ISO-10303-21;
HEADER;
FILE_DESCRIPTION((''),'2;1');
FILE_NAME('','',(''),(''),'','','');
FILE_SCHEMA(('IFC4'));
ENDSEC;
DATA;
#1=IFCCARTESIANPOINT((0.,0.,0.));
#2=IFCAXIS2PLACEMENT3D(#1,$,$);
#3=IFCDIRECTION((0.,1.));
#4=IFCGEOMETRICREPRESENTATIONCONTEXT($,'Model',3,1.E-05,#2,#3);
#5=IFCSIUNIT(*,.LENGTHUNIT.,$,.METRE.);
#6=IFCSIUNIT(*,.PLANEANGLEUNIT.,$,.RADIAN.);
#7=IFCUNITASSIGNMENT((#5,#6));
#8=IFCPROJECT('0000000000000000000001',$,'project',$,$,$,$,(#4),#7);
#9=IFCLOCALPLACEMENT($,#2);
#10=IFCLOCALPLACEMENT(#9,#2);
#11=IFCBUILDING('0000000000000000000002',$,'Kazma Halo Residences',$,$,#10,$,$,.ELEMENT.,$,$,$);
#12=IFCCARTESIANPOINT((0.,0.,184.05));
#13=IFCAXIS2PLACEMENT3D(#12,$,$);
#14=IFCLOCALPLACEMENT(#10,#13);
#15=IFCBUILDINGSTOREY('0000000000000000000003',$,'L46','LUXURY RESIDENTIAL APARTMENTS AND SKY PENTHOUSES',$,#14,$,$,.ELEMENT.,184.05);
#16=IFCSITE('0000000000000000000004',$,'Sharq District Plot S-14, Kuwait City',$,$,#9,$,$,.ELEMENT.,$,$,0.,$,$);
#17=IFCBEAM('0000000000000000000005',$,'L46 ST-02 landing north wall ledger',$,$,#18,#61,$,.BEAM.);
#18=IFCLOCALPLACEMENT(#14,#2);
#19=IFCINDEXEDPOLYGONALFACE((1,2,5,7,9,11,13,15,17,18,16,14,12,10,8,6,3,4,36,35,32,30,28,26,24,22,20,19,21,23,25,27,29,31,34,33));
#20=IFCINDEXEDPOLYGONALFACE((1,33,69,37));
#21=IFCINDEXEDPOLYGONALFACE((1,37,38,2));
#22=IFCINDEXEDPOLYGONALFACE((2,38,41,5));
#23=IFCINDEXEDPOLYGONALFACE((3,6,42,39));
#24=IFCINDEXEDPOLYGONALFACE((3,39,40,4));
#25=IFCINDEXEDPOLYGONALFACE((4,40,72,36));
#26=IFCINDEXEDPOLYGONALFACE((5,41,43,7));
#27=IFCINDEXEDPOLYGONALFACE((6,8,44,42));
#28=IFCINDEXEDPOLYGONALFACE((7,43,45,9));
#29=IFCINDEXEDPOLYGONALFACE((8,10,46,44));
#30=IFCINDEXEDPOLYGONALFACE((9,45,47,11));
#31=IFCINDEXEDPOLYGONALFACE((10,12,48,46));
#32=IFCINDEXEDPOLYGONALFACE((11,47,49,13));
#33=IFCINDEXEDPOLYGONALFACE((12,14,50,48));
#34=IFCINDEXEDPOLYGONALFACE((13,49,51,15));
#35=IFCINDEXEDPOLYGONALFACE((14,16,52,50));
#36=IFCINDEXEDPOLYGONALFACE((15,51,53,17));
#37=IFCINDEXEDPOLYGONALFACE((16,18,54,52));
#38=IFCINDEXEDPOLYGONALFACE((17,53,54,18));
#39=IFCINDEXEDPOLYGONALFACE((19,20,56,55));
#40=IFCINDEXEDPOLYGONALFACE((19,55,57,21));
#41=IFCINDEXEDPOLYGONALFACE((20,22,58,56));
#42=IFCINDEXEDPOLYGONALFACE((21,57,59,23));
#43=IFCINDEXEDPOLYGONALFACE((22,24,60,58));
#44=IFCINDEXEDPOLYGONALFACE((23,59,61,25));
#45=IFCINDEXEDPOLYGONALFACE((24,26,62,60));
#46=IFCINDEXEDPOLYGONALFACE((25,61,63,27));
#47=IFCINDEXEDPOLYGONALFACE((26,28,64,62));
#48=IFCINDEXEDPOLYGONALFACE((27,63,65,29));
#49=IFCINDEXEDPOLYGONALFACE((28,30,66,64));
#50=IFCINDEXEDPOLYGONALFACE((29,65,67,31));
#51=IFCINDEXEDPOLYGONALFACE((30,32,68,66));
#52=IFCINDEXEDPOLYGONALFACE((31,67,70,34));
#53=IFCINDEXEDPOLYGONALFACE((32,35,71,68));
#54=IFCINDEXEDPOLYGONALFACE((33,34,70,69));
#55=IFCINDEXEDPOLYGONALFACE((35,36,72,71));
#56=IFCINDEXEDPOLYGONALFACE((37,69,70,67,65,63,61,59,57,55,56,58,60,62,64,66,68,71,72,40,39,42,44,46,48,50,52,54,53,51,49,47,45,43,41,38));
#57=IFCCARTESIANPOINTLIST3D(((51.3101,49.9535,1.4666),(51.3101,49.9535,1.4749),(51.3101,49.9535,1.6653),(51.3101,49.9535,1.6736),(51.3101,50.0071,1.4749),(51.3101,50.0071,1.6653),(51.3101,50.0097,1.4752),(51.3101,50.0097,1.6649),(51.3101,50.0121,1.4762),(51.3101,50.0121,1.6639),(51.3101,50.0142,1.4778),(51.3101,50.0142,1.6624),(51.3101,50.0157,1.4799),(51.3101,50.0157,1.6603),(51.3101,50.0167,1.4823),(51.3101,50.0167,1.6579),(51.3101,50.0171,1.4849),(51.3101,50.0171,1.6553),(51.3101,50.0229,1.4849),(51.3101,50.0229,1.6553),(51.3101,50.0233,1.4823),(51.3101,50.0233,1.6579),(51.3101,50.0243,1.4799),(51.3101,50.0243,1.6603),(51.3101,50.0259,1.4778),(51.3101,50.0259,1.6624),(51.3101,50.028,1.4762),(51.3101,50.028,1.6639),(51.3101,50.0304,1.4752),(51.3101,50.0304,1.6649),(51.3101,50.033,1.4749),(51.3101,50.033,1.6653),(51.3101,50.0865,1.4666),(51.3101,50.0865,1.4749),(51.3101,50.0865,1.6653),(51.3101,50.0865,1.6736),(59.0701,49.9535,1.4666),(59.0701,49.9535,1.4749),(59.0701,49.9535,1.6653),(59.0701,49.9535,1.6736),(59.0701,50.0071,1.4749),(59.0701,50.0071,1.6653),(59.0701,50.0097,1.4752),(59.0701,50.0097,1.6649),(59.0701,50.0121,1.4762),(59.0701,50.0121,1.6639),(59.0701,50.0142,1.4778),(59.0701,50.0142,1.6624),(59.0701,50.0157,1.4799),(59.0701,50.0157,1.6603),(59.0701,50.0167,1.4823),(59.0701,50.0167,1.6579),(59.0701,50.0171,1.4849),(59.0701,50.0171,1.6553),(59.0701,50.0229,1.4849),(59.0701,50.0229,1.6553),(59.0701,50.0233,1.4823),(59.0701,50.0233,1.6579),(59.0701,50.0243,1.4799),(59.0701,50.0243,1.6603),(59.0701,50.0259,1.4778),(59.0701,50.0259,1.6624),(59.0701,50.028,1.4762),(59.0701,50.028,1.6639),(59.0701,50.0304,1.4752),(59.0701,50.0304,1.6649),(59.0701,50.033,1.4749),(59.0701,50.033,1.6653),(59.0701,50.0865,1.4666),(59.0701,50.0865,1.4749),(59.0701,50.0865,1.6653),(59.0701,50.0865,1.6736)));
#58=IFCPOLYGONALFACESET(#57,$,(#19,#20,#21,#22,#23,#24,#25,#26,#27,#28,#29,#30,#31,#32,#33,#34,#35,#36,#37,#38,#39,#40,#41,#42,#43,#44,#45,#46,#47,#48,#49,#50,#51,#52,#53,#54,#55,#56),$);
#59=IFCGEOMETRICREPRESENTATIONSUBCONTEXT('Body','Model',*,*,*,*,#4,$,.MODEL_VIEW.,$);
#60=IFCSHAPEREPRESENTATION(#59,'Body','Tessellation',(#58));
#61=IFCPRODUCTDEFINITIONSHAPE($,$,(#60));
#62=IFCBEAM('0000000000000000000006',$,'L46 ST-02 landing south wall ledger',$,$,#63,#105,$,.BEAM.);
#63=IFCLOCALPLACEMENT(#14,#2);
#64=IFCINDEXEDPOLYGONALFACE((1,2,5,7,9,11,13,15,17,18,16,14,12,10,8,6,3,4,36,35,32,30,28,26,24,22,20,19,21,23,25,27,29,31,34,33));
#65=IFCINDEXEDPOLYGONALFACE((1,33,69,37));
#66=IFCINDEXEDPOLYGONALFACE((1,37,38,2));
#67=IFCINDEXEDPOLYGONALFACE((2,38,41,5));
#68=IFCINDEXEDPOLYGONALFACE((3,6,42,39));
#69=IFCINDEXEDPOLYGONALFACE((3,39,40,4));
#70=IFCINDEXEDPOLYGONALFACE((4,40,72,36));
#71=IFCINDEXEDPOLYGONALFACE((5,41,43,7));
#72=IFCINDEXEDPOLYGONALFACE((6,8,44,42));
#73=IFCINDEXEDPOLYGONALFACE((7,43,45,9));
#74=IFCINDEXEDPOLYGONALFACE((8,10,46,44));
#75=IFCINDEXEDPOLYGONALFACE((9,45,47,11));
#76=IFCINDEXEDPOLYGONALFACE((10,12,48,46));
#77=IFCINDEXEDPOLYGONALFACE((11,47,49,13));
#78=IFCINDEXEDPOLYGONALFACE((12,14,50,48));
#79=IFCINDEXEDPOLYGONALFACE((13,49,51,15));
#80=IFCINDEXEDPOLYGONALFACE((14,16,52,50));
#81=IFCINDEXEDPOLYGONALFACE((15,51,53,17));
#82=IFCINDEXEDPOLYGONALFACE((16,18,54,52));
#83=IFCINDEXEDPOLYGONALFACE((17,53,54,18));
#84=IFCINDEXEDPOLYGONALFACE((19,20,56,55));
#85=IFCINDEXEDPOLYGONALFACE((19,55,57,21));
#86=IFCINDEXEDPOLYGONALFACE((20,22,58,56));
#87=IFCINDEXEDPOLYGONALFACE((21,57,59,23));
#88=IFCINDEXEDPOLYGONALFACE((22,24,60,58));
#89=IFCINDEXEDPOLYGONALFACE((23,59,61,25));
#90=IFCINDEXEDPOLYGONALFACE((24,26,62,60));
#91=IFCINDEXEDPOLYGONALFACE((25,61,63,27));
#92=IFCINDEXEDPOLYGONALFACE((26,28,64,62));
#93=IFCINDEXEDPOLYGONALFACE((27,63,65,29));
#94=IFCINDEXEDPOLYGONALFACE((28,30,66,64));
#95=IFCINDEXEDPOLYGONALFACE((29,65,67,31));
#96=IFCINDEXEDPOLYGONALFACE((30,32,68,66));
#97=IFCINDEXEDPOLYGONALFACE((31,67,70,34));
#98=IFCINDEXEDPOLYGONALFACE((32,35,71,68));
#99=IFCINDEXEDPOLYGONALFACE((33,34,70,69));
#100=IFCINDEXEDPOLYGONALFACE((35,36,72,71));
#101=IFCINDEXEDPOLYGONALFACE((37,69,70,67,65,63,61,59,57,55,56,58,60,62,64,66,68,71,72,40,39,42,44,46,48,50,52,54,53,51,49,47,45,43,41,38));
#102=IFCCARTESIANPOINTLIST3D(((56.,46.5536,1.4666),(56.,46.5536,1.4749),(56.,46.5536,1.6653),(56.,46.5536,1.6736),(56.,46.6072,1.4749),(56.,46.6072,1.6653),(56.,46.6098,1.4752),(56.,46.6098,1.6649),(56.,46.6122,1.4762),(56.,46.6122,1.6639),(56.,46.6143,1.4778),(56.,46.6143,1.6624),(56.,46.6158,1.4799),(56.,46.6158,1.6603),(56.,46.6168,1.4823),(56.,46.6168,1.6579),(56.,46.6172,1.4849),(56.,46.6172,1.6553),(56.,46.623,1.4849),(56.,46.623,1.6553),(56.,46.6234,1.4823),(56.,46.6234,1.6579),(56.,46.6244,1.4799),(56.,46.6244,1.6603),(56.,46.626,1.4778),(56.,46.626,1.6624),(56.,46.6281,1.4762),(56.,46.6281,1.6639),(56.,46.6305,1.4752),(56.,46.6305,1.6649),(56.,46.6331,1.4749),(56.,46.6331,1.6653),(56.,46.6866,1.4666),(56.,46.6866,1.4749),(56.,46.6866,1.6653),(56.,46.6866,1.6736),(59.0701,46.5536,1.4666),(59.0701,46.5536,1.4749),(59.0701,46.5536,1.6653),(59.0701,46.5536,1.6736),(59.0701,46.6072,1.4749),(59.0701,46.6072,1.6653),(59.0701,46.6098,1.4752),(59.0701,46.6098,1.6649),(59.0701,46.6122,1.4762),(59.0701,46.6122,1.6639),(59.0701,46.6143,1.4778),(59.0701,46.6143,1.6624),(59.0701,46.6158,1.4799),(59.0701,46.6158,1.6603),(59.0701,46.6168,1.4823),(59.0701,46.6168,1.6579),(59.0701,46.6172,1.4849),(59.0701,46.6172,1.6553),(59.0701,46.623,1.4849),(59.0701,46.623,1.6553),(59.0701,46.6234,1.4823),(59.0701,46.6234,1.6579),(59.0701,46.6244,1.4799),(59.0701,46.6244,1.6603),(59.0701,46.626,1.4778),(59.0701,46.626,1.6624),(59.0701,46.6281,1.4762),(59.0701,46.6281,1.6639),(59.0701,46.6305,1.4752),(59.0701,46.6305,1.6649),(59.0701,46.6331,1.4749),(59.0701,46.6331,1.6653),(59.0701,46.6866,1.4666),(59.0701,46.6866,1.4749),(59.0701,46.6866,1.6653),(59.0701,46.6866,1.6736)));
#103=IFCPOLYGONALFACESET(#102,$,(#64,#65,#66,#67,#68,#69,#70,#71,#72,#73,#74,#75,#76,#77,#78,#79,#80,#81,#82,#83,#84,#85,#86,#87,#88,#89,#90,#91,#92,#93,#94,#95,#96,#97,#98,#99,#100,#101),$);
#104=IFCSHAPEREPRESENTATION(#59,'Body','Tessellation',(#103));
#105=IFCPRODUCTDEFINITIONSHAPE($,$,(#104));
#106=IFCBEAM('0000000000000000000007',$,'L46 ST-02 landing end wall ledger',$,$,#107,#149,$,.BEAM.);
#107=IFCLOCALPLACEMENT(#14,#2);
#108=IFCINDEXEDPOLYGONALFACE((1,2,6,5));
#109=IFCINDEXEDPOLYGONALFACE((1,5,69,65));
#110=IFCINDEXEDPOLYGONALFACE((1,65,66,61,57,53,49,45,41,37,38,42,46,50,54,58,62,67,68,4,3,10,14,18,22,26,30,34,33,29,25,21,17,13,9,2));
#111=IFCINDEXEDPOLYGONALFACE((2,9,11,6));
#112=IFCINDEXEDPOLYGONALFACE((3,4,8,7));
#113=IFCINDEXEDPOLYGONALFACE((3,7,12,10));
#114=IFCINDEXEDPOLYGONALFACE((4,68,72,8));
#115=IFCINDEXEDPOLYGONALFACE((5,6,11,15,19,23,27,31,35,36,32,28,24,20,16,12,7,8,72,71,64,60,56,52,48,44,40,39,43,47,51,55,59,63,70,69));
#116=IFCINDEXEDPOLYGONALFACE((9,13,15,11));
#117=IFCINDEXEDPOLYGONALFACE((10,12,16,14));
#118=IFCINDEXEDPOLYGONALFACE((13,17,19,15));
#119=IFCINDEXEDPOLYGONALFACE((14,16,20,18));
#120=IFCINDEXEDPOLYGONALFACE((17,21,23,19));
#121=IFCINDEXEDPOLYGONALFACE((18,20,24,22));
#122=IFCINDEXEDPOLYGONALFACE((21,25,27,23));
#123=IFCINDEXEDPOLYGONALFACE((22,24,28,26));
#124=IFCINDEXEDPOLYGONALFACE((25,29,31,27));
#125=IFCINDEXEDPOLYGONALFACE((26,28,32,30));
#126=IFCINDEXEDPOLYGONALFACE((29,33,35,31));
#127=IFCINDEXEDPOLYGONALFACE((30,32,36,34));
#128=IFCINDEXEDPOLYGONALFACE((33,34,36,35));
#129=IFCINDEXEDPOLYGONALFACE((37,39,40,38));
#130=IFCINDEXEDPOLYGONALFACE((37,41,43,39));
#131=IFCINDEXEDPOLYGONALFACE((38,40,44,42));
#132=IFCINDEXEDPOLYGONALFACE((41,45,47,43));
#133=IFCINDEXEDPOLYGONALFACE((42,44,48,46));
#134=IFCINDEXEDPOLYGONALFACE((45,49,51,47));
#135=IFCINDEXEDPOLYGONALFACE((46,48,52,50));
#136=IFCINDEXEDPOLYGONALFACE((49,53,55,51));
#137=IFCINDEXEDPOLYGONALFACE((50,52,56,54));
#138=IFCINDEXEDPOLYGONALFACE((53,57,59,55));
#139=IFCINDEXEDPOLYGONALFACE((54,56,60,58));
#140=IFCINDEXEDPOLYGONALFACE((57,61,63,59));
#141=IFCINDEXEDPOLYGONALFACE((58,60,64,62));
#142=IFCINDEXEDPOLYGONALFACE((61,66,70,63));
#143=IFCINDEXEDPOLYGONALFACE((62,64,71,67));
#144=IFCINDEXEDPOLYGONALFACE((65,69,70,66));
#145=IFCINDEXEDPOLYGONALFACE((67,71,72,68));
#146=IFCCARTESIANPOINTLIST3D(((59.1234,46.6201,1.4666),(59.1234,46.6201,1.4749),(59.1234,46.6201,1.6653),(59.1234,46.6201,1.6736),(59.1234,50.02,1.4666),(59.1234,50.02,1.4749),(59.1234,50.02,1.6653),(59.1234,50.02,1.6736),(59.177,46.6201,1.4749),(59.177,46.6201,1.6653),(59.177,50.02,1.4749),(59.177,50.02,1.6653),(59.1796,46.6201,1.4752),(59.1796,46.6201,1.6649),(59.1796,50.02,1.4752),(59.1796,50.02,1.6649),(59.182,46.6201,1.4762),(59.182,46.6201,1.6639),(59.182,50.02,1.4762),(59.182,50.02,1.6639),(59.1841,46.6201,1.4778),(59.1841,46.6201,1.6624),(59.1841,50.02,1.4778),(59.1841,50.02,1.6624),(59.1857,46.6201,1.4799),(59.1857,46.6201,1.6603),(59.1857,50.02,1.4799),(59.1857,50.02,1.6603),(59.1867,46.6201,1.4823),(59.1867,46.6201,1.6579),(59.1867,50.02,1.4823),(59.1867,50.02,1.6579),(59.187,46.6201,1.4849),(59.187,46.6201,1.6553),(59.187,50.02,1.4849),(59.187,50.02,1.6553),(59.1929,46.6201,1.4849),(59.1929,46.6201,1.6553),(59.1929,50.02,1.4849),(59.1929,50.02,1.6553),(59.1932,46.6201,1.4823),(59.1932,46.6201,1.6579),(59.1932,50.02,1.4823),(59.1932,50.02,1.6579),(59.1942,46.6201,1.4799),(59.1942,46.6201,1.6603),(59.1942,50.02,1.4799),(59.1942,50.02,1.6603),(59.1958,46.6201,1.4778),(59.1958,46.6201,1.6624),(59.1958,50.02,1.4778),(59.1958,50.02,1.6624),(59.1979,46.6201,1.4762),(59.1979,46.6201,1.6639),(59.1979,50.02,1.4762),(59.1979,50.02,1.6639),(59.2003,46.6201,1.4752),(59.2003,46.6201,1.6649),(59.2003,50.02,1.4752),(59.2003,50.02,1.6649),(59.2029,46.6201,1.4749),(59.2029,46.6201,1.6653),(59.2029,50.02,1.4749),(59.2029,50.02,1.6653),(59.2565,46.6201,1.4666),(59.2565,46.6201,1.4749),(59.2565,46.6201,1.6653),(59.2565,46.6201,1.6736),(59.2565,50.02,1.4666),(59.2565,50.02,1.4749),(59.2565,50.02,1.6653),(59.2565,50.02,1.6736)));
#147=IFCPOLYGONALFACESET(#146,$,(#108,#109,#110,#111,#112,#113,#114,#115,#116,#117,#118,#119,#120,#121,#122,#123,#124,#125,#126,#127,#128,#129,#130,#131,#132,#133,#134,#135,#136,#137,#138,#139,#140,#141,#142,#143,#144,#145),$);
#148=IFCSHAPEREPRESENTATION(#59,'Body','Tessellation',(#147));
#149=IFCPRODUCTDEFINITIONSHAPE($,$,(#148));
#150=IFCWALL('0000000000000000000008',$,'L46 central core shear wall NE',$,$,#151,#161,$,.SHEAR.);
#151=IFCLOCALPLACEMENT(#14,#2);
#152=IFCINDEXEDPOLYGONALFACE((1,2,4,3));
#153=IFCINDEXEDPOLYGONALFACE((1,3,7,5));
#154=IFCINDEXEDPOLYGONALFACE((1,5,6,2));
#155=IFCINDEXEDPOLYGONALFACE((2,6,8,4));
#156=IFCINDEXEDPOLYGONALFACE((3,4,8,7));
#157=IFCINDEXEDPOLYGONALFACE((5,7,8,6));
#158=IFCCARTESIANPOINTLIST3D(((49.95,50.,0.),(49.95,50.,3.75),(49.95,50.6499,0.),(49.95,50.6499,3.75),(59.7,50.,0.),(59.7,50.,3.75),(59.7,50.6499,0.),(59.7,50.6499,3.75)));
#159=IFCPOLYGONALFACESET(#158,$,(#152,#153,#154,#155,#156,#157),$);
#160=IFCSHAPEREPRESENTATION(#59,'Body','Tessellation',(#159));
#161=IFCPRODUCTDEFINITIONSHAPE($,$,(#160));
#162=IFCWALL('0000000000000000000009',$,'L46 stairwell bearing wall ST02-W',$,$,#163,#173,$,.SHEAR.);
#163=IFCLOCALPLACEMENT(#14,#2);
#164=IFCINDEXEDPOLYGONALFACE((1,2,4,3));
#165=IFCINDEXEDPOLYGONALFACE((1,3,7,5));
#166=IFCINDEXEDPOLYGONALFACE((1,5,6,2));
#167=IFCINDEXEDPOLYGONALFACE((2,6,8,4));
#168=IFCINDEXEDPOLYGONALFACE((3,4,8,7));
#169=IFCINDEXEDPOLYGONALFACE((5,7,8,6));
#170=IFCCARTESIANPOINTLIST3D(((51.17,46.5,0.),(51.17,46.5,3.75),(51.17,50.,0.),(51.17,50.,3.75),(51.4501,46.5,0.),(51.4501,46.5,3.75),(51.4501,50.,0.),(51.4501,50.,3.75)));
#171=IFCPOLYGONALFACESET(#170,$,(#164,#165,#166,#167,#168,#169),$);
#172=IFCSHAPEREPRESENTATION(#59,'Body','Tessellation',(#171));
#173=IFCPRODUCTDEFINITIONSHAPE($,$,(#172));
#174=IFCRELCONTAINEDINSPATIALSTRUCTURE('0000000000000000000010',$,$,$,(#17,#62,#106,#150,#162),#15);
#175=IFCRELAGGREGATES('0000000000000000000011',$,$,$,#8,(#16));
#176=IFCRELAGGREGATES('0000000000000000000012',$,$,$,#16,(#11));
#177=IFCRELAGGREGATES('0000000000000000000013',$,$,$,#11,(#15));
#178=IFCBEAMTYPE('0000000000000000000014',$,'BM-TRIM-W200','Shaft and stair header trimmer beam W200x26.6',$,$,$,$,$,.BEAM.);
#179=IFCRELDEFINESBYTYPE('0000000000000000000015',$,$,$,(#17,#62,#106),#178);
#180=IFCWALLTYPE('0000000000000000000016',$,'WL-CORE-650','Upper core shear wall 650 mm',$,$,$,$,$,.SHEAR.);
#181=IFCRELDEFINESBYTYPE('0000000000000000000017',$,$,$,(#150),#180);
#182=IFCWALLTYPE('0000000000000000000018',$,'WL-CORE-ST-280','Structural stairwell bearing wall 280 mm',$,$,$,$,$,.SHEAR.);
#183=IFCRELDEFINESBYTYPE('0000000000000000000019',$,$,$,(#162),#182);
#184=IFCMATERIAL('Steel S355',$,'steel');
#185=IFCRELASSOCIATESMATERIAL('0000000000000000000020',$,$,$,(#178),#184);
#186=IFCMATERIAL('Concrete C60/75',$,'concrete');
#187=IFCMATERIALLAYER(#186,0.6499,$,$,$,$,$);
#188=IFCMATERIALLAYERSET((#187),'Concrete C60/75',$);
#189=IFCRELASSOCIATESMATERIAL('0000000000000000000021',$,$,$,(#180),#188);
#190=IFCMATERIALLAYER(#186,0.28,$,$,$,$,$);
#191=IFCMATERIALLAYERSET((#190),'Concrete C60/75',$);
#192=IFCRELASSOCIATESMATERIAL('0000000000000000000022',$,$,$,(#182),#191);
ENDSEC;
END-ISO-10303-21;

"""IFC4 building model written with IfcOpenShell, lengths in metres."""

from ifc_helpers import new_model, si_unit, direction, frame, frame_2d, origin, origin_2d, place, context, subcontext, project, spatial, rectangle, i_section, extrude, material, layer, layer_set, material_profile, profile_set, type_object, element, save


model = new_model("IFC4")

# Units and contexts
model_context = context("Model", 3, precision=1e-05, world=origin(), true_north=direction((0.0, 1.0)))
body_context = subcontext(model_context, "Body", "Model", "MODEL_VIEW")
ifc_project = project(units=[si_unit("LENGTHUNIT", "METRE"), si_unit("PLANEANGLEUNIT", "RADIAN")], contexts=[model_context])

# Site, building, storey
site_placement = place(None, origin())
site = spatial("IfcSite", under=ifc_project, at=site_placement, Name="Sharq District Plot S-14, Kuwait City", CompositionType="ELEMENT", RefElevation=0.0)
building_placement = place(site_placement, origin())
building = spatial("IfcBuilding", under=site, at=building_placement, Name="Kazma Halo Residences", CompositionType="ELEMENT")
storey_placement = place(building_placement, frame((0.0, 0.0, 184.05)))
storey = spatial("IfcBuildingStorey", under=building, at=storey_placement, Name="L46", Description="LUXURY RESIDENTIAL APARTMENTS AND SKY PENTHOUSES", CompositionType="ELEMENT", Elevation=184.05)

# Shared definitions
ifc_material_1 = material(Name="Steel S355", Category="steel")

# Beams
ifc_material_profile_1 = material_profile(ifc_material_1, i_section(OverallWidth=0.1331, OverallDepth=0.207, WebThickness=0.0059, FlangeThickness=0.0083, FilletRadius=0.01, at=origin_2d()), Name="W200x26.6")
ifc_profile_set_1 = profile_set([ifc_material_profile_1], Name="Steel S355")
beam_type_1 = type_object("IfcBeamType", Name="BM-TRIM-W200", Description="Shaft and stair header trimmer beam W200x26.6", PredefinedType="BEAM", material=ifc_profile_set_1)
beam_1_placement = place(storey_placement, frame((51.3101, 50.02, 1.5701), z_axis=(1.0, 0.0, 0.0), x_axis=(0.0, 1.0, 0.0)))
element("IfcBeam", 1, at=beam_1_placement, inside=storey, type_object=beam_type_1, Name="L46 ST-02 landing north wall ledger", PredefinedType="BEAM", context=body_context, shape_type="SweptSolid", body=[
    extrude(i_section(OverallWidth=0.1331, OverallDepth=0.207, WebThickness=0.0059, FlangeThickness=0.0083, FilletRadius=0.01, at=origin_2d()), origin(), (0.0, 0.0, 1.0), 7.76),
])
beam_2_placement = place(storey_placement, frame((56.0, 46.6201, 1.5701), z_axis=(1.0, 0.0, 0.0), x_axis=(0.0, 1.0, 0.0)))
element("IfcBeam", 2, at=beam_2_placement, inside=storey, type_object=beam_type_1, Name="L46 ST-02 landing south wall ledger", PredefinedType="BEAM", context=body_context, shape_type="SweptSolid", body=[
    extrude(i_section(OverallWidth=0.1331, OverallDepth=0.207, WebThickness=0.0059, FlangeThickness=0.0083, FilletRadius=0.01, at=origin_2d()), origin(), (0.0, 0.0, 1.0), 3.0701),
])
beam_3_placement = place(storey_placement, frame((59.1899, 46.6201, 1.5701), z_axis=(0.0, 1.0, 0.0), x_axis=(-1.0, 0.0, 0.0)))
element("IfcBeam", 3, at=beam_3_placement, inside=storey, type_object=beam_type_1, Name="L46 ST-02 landing end wall ledger", PredefinedType="BEAM", context=body_context, shape_type="SweptSolid", body=[
    extrude(i_section(OverallWidth=0.1331, OverallDepth=0.207, WebThickness=0.0059, FlangeThickness=0.0083, FilletRadius=0.01, at=origin_2d()), origin(), (0.0, 0.0, 1.0), 3.3999),
])

# Walls
ifc_material_2 = material(Name="Concrete C60/75", Category="concrete")
ifc_layer_1 = layer(ifc_material_2, 0.6499)
ifc_layer_set_1 = layer_set([ifc_layer_1], Name="Concrete C60/75")
wall_type_1 = type_object("IfcWallType", Name="WL-CORE-650", Description="Upper core shear wall 650 mm", PredefinedType="SHEAR", material=ifc_layer_set_1)
wall_1_placement = place(storey_placement, frame((49.95, 50.325, 0.0), z_axis=(0.0, 0.0, 1.0), x_axis=(1.0, 0.0, 0.0)))
element("IfcWall", 4, at=wall_1_placement, inside=storey, type_object=wall_type_1, Name="L46 central core shear wall NE", PredefinedType="SHEAR", context=body_context, shape_type="SweptSolid", body=[
    extrude(rectangle(XDim=9.75, YDim=0.6499, at=frame_2d((4.875, 0.0))), origin(), (0.0, 0.0, 1.0), 3.75),
])
ifc_layer_2 = layer(ifc_material_2, 0.28)
ifc_layer_set_2 = layer_set([ifc_layer_2], Name="Concrete C60/75")
wall_type_2 = type_object("IfcWallType", Name="WL-CORE-ST-280", Description="Structural stairwell bearing wall 280 mm", PredefinedType="SHEAR", material=ifc_layer_set_2)
wall_2_placement = place(storey_placement, frame((51.3101, 46.5, 0.0), z_axis=(0.0, 0.0, 1.0), x_axis=(0.0, 1.0, 0.0)))
element("IfcWall", 5, at=wall_2_placement, inside=storey, type_object=wall_type_2, Name="L46 stairwell bearing wall ST02-W", PredefinedType="SHEAR", context=body_context, shape_type="SweptSolid", body=[
    extrude(rectangle(XDim=3.5, YDim=0.28, at=frame_2d((1.75, 0.0))), origin(), (0.0, 0.0, 1.0), 3.75),
])

save(model, "model.ifc")
